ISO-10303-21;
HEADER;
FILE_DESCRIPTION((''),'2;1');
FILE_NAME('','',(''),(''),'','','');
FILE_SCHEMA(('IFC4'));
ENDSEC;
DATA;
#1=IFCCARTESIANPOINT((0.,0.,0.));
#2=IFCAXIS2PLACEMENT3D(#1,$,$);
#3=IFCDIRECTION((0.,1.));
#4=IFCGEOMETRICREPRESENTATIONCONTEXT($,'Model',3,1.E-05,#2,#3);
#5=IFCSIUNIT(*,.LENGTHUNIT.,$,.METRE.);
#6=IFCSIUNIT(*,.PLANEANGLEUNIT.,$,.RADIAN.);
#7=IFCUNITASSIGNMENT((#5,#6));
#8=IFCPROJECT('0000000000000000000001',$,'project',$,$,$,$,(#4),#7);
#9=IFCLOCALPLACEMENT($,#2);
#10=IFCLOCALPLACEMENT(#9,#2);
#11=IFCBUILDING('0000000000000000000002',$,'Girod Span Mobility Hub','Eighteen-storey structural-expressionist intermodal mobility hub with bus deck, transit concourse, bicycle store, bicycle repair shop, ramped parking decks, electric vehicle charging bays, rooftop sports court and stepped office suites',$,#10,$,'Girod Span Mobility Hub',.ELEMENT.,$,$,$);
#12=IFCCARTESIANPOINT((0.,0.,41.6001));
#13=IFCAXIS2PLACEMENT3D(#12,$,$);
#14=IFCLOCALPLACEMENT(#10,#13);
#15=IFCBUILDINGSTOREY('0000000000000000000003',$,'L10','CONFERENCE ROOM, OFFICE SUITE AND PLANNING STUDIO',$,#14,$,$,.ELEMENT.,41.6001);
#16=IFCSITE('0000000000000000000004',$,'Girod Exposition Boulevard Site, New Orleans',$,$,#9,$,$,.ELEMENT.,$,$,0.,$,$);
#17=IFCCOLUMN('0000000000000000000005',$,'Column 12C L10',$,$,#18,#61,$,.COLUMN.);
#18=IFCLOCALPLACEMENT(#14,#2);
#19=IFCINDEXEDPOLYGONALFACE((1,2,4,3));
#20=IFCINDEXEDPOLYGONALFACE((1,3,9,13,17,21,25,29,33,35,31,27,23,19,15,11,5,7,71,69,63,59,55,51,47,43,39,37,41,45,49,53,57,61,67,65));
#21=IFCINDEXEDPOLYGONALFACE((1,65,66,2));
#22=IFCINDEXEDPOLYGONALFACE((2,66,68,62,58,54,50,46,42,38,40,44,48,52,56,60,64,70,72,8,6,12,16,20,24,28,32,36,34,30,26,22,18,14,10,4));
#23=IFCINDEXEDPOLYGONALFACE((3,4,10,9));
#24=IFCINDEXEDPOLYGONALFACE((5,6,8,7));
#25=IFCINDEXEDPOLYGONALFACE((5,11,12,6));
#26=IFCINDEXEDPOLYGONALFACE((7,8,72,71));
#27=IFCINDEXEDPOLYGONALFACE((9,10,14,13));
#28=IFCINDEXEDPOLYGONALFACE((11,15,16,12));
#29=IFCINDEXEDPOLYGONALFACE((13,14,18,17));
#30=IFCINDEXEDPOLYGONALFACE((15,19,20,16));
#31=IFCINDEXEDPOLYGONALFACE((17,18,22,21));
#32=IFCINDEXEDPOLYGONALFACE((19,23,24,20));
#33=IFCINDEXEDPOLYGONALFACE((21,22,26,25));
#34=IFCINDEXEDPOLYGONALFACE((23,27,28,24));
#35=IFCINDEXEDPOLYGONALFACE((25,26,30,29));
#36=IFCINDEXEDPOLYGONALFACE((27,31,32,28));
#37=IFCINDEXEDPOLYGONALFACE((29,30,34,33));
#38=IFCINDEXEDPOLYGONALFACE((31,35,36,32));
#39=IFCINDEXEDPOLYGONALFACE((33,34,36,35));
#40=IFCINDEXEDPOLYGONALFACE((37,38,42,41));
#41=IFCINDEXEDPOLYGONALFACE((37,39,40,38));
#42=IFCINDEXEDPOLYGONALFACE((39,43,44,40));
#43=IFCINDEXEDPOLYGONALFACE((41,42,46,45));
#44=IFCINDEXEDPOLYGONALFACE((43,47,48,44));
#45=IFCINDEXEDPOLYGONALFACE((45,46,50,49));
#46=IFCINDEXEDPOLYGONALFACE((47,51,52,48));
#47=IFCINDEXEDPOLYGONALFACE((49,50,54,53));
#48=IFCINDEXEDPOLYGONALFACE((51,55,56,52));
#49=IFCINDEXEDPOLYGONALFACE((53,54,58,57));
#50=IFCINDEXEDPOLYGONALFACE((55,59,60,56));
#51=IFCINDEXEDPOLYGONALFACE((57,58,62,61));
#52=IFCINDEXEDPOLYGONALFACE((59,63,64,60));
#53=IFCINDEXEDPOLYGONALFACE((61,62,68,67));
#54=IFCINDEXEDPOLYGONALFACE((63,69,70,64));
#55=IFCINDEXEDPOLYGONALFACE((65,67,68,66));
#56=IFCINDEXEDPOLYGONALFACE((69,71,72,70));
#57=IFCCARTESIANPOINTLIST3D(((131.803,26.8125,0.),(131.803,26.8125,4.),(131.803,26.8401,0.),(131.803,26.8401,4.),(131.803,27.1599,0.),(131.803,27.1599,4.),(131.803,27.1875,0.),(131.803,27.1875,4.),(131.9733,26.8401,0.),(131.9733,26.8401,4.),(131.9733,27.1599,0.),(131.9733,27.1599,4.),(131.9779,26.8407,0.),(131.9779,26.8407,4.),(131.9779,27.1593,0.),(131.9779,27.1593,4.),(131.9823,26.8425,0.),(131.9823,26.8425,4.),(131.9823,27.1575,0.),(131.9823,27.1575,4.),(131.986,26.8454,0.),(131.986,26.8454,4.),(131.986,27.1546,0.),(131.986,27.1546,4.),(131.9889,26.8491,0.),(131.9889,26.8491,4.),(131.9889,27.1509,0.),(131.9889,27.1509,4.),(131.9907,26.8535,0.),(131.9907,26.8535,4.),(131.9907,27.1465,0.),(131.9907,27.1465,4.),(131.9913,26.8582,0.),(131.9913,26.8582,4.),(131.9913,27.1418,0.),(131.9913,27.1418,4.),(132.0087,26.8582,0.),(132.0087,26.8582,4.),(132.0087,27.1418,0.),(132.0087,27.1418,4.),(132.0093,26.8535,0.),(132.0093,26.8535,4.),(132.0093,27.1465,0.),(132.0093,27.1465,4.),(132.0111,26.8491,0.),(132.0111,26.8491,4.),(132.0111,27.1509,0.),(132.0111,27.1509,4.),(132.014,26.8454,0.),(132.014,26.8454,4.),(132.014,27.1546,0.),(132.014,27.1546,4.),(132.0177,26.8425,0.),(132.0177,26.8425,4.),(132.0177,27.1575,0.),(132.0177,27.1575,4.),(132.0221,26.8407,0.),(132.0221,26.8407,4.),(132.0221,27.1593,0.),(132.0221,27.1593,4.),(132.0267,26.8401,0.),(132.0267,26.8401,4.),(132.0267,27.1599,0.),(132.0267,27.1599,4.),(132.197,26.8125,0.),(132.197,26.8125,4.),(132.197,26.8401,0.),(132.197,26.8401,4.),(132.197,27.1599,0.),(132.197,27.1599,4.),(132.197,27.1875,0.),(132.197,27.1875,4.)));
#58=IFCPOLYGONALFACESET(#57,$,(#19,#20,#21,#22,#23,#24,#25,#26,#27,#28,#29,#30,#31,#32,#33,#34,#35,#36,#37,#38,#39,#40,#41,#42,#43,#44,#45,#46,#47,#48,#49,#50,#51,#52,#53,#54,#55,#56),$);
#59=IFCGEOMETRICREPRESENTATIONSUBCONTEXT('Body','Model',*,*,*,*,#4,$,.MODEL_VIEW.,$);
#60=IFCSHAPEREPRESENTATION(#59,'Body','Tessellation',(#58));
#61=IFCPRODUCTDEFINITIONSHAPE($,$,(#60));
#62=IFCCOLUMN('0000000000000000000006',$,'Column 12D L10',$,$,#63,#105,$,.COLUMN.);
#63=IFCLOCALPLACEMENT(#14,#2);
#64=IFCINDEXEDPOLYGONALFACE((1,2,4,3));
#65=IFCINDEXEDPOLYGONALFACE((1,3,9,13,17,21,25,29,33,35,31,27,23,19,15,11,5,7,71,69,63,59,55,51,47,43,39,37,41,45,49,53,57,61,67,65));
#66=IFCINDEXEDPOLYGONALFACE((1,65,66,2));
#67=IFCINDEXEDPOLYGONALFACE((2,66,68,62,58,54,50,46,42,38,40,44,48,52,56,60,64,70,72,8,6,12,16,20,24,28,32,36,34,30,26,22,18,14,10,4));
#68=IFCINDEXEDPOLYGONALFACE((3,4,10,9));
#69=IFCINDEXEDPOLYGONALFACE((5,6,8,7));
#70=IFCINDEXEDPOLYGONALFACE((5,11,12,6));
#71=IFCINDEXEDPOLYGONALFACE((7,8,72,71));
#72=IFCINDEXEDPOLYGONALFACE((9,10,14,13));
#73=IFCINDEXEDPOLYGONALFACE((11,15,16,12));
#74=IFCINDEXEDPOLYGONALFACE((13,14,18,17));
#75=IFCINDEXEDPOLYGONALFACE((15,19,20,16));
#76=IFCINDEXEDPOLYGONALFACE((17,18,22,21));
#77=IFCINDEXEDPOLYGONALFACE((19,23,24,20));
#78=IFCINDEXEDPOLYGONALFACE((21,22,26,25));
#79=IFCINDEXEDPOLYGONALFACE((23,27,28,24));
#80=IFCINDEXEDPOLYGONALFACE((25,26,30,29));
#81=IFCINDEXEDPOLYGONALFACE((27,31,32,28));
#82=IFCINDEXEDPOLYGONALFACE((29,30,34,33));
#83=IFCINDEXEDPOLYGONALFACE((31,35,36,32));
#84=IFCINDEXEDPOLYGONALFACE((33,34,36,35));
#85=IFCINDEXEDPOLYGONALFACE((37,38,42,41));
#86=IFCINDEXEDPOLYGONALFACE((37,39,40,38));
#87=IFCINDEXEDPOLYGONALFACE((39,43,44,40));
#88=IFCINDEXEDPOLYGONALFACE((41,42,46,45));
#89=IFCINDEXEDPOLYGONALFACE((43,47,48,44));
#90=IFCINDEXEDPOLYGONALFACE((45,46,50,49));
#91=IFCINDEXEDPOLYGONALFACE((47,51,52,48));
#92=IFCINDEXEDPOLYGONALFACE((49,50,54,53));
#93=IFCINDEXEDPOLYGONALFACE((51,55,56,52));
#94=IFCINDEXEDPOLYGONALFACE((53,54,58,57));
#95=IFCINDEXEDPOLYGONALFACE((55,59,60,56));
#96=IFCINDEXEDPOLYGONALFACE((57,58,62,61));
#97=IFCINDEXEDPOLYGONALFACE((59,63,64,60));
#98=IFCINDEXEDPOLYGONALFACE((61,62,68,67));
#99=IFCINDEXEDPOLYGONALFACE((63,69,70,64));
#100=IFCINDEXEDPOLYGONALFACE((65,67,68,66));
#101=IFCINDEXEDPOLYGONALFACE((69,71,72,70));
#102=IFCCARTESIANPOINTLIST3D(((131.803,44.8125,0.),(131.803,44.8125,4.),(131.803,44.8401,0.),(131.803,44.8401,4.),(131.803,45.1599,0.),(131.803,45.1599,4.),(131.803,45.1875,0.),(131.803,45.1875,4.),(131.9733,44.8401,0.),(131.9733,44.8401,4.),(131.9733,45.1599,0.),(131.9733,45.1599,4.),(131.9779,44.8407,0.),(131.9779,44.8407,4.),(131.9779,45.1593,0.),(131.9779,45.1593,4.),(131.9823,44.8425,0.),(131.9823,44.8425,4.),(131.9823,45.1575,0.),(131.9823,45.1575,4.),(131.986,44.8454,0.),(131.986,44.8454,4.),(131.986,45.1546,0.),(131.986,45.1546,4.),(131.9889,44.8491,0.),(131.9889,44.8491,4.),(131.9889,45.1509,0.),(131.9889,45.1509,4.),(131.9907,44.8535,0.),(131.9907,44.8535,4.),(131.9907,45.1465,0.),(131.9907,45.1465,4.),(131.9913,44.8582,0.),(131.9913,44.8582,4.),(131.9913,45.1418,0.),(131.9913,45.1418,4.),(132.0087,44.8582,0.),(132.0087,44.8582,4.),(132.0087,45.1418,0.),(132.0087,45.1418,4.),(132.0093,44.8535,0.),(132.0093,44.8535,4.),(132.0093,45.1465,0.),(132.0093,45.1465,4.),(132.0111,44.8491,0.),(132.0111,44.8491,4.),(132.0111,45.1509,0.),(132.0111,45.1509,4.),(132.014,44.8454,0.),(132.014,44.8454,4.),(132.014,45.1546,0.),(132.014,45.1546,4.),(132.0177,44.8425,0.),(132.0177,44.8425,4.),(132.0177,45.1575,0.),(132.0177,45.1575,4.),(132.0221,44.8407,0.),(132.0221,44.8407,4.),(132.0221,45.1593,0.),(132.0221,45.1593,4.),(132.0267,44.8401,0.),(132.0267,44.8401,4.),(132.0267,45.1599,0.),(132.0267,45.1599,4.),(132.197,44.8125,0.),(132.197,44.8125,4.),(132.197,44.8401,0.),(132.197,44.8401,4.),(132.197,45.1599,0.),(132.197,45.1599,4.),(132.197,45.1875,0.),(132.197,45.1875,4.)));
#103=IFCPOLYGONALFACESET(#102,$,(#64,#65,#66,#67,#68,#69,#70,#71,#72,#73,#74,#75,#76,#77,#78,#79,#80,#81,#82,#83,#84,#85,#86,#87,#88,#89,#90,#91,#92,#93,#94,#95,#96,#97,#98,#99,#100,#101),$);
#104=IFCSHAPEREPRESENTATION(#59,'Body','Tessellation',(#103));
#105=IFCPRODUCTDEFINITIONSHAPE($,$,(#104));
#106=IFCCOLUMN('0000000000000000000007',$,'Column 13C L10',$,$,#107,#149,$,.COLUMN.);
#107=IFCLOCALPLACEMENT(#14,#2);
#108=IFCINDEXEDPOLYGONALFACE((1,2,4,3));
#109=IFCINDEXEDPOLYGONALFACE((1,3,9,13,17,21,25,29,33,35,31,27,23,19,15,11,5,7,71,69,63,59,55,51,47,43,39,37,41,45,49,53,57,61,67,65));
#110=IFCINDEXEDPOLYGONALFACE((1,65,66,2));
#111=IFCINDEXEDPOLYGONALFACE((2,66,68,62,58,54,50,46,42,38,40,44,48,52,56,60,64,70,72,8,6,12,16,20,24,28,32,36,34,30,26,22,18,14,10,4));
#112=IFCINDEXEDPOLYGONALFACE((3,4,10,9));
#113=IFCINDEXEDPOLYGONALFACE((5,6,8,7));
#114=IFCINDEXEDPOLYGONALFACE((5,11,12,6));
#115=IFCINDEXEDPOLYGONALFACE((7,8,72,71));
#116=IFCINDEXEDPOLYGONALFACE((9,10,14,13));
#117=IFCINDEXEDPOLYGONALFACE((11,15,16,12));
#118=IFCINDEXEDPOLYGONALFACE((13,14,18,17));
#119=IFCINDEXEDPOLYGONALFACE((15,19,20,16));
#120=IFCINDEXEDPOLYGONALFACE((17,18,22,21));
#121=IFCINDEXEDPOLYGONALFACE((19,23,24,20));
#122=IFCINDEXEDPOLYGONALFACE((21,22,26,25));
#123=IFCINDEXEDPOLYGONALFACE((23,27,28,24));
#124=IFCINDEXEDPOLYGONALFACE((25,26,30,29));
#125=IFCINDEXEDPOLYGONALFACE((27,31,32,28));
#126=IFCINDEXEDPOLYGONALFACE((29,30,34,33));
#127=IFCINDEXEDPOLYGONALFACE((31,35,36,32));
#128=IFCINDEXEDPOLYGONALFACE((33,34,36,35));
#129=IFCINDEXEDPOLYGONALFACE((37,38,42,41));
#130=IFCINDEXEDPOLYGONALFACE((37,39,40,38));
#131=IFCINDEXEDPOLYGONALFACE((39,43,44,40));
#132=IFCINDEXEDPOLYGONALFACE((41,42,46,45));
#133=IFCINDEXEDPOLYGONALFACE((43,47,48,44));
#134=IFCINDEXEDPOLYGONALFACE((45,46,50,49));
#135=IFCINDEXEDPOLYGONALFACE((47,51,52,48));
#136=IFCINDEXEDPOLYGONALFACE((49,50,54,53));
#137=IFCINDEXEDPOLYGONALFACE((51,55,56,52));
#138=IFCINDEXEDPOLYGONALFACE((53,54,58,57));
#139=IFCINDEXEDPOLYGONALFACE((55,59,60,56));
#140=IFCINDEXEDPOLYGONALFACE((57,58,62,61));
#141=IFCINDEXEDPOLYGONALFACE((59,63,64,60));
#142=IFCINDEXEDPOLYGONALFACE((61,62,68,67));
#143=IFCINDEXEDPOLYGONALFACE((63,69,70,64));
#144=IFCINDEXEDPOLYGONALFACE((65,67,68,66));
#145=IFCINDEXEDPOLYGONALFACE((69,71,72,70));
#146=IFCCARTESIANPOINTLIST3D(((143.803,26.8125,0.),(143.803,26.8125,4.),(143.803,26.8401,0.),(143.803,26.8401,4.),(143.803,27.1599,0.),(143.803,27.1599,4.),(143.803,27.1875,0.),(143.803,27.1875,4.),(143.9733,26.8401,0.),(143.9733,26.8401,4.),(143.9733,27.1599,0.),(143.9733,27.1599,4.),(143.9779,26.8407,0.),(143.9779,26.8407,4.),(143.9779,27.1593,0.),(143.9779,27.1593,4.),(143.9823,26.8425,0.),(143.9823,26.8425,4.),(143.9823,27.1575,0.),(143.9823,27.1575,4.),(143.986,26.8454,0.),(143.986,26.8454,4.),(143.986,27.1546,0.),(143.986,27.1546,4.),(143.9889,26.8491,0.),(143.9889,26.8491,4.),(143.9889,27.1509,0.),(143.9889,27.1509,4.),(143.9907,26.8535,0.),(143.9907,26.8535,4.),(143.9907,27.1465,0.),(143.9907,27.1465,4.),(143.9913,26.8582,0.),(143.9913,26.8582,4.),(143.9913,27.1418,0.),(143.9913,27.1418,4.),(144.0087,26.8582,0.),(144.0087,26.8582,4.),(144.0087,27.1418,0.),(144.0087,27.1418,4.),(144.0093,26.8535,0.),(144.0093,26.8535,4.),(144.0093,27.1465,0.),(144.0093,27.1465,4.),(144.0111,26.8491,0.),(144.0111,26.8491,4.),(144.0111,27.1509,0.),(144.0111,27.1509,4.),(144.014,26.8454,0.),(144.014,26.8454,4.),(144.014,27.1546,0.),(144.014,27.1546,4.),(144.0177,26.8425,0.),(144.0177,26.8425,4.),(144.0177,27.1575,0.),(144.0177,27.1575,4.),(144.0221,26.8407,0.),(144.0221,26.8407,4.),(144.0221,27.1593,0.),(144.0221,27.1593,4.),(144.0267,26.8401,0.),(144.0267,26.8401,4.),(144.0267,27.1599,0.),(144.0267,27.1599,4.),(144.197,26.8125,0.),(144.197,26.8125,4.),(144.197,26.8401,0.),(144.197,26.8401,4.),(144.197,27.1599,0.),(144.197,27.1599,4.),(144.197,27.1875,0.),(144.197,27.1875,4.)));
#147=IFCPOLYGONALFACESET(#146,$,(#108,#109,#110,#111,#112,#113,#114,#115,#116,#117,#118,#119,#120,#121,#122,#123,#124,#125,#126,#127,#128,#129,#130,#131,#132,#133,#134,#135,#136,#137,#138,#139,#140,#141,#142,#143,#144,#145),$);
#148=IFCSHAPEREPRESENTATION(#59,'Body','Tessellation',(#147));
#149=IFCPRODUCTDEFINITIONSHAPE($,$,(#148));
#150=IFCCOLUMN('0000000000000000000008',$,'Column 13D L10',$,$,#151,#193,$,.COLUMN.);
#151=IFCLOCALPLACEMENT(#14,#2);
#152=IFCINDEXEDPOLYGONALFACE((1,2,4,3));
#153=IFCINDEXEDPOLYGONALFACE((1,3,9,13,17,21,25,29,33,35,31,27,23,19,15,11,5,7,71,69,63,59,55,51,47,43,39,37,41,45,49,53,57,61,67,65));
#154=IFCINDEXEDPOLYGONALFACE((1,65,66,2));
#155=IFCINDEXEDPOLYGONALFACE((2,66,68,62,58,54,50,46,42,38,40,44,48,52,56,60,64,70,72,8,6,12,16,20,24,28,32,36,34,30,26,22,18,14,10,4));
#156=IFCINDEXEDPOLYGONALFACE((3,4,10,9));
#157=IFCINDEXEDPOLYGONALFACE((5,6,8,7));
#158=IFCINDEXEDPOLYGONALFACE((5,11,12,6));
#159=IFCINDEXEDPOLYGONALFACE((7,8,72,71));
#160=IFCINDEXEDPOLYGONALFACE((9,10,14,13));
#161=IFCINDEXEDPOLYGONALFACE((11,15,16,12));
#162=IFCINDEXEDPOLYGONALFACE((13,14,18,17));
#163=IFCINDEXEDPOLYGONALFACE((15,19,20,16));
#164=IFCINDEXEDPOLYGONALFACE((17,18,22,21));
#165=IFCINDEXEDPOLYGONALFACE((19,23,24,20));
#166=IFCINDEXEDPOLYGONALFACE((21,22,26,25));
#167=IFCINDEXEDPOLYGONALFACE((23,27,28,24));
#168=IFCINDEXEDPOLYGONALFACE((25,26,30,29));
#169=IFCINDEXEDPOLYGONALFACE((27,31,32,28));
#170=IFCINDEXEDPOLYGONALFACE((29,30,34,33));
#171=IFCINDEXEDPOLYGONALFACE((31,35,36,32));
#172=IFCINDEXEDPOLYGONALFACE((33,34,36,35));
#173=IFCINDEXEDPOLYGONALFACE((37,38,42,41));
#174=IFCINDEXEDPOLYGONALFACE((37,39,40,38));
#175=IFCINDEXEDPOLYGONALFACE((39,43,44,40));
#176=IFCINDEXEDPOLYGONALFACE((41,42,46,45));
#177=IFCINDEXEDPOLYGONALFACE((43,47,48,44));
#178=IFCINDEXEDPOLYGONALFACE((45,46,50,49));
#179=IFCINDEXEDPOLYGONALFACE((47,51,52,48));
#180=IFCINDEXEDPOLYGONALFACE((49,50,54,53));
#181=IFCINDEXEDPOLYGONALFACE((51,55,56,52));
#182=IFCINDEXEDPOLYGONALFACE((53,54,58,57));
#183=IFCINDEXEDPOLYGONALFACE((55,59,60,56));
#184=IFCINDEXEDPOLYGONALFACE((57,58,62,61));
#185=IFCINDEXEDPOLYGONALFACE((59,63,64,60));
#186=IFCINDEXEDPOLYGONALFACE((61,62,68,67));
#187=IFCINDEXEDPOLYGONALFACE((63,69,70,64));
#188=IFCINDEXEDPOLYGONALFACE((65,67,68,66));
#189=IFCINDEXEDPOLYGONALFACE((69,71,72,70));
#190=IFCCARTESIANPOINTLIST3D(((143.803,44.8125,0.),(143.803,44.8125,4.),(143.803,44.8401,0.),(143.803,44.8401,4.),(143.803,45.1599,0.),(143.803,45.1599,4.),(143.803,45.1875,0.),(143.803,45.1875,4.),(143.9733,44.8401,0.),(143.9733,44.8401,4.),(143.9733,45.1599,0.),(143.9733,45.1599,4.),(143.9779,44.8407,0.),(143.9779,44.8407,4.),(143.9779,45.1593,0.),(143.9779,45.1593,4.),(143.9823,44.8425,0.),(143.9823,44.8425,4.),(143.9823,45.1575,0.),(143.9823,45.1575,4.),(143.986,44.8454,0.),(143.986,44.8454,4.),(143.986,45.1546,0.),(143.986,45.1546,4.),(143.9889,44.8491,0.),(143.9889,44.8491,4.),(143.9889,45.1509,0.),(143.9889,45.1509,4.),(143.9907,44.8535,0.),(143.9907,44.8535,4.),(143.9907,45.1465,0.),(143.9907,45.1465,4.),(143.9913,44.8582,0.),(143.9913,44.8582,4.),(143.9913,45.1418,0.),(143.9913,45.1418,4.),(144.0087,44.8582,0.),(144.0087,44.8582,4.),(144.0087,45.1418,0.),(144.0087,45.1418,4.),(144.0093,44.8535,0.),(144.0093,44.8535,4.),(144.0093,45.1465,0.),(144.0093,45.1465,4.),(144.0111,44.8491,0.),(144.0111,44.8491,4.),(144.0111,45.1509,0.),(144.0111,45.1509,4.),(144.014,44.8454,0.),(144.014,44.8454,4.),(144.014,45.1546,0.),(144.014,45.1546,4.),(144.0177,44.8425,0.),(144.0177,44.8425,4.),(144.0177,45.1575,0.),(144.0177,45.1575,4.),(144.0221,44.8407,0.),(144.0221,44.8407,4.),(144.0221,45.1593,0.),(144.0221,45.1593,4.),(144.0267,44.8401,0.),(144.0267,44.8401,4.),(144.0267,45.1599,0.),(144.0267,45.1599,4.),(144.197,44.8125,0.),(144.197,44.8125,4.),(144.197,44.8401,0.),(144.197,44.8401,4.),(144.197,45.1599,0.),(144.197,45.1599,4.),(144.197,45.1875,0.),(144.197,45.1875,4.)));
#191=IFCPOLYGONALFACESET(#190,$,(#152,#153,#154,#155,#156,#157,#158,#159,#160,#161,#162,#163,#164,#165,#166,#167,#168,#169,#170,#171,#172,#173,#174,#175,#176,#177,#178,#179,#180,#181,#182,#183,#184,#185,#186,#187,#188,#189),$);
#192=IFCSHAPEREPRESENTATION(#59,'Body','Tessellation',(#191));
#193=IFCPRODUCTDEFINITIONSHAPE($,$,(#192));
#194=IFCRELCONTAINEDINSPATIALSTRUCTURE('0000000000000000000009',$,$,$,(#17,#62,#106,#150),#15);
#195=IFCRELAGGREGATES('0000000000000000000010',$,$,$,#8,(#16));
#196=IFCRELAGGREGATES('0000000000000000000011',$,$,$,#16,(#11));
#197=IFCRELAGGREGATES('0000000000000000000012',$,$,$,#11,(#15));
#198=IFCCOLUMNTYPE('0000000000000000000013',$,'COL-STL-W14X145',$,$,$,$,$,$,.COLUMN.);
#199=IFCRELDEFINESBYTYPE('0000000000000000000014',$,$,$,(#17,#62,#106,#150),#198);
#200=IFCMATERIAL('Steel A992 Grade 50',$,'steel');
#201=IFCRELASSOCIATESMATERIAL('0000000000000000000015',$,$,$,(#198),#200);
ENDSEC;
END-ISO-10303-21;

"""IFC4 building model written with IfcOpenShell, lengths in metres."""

from ifc_helpers import new_model, si_unit, direction, frame, origin, origin_2d, place, context, subcontext, project, spatial, i_section, extrude, material, material_profile, profile_set, type_object, element, save


model = new_model("IFC4")

# Units and contexts
model_context = context("Model", 3, precision=1e-05, world=origin(), true_north=direction((0.0, 1.0)))
body_context = subcontext(model_context, "Body", "Model", "MODEL_VIEW")
ifc_project = project(units=[si_unit("LENGTHUNIT", "METRE"), si_unit("PLANEANGLEUNIT", "RADIAN")], contexts=[model_context])

# Site, building, storey
site_placement = place(None, origin())
site = spatial("IfcSite", under=ifc_project, at=site_placement, Name="Girod Exposition Boulevard Site, New Orleans", CompositionType="ELEMENT", RefElevation=0.0)
building_placement = place(site_placement, origin())
building = spatial("IfcBuilding", under=site, at=building_placement, Name="Girod Span Mobility Hub", Description="Eighteen-storey structural-expressionist intermodal mobility hub with bus deck, transit concourse, bicycle store, bicycle repair shop, ramped parking decks, electric vehicle charging bays, rooftop sports court and stepped office suites", LongName="Girod Span Mobility Hub", CompositionType="ELEMENT")
storey_placement = place(building_placement, frame((0.0, 0.0, 41.6001)))
storey = spatial("IfcBuildingStorey", under=building, at=storey_placement, Name="L10", Description="CONFERENCE ROOM, OFFICE SUITE AND PLANNING STUDIO", CompositionType="ELEMENT", Elevation=41.6001)

# Columns
ifc_material_1 = material(Name="Steel A992 Grade 50", Category="steel")
ifc_material_profile_1 = material_profile(ifc_material_1, i_section(OverallWidth=0.394, OverallDepth=0.375, WebThickness=0.0173, FlangeThickness=0.0276, FilletRadius=0.0181, at=origin_2d()), Name="W14X145")
ifc_profile_set_1 = profile_set([ifc_material_profile_1], Name="Steel A992 Grade 50")
column_type = type_object("IfcColumnType", Name="COL-STL-W14X145", PredefinedType="COLUMN", material=ifc_profile_set_1)
for number, where, z_axis, x_axis, name in (
    (1, (132.0, 27.0, 0.0), (0.0, 0.0, 1.0), (1.0, 0.0, 0.0), "Column 12C L10"),
    (2, (132.0, 45.0, 0.0), (0.0, 0.0, 1.0), (1.0, 0.0, 0.0), "Column 12D L10"),
    (3, (144.0, 27.0, 0.0), (0.0, 0.0, 1.0), (1.0, 0.0, 0.0), "Column 13C L10"),
    (4, (144.0, 45.0, 0.0), (0.0, 0.0, 1.0), (1.0, 0.0, 0.0), "Column 13D L10"),
):
    element("IfcColumn", number, at=place(storey_placement, frame(where, z_axis=z_axis, x_axis=x_axis)), inside=storey, type_object=column_type, Name=name, PredefinedType="COLUMN", context=body_context, shape_type="SweptSolid", body=[
        extrude(i_section(OverallWidth=0.394, OverallDepth=0.375, WebThickness=0.0173, FlangeThickness=0.0276, FilletRadius=0.0181, at=origin_2d()), origin(), (0.0, 0.0, 1.0), 4.0),
    ])

save(model, "model.ifc")
